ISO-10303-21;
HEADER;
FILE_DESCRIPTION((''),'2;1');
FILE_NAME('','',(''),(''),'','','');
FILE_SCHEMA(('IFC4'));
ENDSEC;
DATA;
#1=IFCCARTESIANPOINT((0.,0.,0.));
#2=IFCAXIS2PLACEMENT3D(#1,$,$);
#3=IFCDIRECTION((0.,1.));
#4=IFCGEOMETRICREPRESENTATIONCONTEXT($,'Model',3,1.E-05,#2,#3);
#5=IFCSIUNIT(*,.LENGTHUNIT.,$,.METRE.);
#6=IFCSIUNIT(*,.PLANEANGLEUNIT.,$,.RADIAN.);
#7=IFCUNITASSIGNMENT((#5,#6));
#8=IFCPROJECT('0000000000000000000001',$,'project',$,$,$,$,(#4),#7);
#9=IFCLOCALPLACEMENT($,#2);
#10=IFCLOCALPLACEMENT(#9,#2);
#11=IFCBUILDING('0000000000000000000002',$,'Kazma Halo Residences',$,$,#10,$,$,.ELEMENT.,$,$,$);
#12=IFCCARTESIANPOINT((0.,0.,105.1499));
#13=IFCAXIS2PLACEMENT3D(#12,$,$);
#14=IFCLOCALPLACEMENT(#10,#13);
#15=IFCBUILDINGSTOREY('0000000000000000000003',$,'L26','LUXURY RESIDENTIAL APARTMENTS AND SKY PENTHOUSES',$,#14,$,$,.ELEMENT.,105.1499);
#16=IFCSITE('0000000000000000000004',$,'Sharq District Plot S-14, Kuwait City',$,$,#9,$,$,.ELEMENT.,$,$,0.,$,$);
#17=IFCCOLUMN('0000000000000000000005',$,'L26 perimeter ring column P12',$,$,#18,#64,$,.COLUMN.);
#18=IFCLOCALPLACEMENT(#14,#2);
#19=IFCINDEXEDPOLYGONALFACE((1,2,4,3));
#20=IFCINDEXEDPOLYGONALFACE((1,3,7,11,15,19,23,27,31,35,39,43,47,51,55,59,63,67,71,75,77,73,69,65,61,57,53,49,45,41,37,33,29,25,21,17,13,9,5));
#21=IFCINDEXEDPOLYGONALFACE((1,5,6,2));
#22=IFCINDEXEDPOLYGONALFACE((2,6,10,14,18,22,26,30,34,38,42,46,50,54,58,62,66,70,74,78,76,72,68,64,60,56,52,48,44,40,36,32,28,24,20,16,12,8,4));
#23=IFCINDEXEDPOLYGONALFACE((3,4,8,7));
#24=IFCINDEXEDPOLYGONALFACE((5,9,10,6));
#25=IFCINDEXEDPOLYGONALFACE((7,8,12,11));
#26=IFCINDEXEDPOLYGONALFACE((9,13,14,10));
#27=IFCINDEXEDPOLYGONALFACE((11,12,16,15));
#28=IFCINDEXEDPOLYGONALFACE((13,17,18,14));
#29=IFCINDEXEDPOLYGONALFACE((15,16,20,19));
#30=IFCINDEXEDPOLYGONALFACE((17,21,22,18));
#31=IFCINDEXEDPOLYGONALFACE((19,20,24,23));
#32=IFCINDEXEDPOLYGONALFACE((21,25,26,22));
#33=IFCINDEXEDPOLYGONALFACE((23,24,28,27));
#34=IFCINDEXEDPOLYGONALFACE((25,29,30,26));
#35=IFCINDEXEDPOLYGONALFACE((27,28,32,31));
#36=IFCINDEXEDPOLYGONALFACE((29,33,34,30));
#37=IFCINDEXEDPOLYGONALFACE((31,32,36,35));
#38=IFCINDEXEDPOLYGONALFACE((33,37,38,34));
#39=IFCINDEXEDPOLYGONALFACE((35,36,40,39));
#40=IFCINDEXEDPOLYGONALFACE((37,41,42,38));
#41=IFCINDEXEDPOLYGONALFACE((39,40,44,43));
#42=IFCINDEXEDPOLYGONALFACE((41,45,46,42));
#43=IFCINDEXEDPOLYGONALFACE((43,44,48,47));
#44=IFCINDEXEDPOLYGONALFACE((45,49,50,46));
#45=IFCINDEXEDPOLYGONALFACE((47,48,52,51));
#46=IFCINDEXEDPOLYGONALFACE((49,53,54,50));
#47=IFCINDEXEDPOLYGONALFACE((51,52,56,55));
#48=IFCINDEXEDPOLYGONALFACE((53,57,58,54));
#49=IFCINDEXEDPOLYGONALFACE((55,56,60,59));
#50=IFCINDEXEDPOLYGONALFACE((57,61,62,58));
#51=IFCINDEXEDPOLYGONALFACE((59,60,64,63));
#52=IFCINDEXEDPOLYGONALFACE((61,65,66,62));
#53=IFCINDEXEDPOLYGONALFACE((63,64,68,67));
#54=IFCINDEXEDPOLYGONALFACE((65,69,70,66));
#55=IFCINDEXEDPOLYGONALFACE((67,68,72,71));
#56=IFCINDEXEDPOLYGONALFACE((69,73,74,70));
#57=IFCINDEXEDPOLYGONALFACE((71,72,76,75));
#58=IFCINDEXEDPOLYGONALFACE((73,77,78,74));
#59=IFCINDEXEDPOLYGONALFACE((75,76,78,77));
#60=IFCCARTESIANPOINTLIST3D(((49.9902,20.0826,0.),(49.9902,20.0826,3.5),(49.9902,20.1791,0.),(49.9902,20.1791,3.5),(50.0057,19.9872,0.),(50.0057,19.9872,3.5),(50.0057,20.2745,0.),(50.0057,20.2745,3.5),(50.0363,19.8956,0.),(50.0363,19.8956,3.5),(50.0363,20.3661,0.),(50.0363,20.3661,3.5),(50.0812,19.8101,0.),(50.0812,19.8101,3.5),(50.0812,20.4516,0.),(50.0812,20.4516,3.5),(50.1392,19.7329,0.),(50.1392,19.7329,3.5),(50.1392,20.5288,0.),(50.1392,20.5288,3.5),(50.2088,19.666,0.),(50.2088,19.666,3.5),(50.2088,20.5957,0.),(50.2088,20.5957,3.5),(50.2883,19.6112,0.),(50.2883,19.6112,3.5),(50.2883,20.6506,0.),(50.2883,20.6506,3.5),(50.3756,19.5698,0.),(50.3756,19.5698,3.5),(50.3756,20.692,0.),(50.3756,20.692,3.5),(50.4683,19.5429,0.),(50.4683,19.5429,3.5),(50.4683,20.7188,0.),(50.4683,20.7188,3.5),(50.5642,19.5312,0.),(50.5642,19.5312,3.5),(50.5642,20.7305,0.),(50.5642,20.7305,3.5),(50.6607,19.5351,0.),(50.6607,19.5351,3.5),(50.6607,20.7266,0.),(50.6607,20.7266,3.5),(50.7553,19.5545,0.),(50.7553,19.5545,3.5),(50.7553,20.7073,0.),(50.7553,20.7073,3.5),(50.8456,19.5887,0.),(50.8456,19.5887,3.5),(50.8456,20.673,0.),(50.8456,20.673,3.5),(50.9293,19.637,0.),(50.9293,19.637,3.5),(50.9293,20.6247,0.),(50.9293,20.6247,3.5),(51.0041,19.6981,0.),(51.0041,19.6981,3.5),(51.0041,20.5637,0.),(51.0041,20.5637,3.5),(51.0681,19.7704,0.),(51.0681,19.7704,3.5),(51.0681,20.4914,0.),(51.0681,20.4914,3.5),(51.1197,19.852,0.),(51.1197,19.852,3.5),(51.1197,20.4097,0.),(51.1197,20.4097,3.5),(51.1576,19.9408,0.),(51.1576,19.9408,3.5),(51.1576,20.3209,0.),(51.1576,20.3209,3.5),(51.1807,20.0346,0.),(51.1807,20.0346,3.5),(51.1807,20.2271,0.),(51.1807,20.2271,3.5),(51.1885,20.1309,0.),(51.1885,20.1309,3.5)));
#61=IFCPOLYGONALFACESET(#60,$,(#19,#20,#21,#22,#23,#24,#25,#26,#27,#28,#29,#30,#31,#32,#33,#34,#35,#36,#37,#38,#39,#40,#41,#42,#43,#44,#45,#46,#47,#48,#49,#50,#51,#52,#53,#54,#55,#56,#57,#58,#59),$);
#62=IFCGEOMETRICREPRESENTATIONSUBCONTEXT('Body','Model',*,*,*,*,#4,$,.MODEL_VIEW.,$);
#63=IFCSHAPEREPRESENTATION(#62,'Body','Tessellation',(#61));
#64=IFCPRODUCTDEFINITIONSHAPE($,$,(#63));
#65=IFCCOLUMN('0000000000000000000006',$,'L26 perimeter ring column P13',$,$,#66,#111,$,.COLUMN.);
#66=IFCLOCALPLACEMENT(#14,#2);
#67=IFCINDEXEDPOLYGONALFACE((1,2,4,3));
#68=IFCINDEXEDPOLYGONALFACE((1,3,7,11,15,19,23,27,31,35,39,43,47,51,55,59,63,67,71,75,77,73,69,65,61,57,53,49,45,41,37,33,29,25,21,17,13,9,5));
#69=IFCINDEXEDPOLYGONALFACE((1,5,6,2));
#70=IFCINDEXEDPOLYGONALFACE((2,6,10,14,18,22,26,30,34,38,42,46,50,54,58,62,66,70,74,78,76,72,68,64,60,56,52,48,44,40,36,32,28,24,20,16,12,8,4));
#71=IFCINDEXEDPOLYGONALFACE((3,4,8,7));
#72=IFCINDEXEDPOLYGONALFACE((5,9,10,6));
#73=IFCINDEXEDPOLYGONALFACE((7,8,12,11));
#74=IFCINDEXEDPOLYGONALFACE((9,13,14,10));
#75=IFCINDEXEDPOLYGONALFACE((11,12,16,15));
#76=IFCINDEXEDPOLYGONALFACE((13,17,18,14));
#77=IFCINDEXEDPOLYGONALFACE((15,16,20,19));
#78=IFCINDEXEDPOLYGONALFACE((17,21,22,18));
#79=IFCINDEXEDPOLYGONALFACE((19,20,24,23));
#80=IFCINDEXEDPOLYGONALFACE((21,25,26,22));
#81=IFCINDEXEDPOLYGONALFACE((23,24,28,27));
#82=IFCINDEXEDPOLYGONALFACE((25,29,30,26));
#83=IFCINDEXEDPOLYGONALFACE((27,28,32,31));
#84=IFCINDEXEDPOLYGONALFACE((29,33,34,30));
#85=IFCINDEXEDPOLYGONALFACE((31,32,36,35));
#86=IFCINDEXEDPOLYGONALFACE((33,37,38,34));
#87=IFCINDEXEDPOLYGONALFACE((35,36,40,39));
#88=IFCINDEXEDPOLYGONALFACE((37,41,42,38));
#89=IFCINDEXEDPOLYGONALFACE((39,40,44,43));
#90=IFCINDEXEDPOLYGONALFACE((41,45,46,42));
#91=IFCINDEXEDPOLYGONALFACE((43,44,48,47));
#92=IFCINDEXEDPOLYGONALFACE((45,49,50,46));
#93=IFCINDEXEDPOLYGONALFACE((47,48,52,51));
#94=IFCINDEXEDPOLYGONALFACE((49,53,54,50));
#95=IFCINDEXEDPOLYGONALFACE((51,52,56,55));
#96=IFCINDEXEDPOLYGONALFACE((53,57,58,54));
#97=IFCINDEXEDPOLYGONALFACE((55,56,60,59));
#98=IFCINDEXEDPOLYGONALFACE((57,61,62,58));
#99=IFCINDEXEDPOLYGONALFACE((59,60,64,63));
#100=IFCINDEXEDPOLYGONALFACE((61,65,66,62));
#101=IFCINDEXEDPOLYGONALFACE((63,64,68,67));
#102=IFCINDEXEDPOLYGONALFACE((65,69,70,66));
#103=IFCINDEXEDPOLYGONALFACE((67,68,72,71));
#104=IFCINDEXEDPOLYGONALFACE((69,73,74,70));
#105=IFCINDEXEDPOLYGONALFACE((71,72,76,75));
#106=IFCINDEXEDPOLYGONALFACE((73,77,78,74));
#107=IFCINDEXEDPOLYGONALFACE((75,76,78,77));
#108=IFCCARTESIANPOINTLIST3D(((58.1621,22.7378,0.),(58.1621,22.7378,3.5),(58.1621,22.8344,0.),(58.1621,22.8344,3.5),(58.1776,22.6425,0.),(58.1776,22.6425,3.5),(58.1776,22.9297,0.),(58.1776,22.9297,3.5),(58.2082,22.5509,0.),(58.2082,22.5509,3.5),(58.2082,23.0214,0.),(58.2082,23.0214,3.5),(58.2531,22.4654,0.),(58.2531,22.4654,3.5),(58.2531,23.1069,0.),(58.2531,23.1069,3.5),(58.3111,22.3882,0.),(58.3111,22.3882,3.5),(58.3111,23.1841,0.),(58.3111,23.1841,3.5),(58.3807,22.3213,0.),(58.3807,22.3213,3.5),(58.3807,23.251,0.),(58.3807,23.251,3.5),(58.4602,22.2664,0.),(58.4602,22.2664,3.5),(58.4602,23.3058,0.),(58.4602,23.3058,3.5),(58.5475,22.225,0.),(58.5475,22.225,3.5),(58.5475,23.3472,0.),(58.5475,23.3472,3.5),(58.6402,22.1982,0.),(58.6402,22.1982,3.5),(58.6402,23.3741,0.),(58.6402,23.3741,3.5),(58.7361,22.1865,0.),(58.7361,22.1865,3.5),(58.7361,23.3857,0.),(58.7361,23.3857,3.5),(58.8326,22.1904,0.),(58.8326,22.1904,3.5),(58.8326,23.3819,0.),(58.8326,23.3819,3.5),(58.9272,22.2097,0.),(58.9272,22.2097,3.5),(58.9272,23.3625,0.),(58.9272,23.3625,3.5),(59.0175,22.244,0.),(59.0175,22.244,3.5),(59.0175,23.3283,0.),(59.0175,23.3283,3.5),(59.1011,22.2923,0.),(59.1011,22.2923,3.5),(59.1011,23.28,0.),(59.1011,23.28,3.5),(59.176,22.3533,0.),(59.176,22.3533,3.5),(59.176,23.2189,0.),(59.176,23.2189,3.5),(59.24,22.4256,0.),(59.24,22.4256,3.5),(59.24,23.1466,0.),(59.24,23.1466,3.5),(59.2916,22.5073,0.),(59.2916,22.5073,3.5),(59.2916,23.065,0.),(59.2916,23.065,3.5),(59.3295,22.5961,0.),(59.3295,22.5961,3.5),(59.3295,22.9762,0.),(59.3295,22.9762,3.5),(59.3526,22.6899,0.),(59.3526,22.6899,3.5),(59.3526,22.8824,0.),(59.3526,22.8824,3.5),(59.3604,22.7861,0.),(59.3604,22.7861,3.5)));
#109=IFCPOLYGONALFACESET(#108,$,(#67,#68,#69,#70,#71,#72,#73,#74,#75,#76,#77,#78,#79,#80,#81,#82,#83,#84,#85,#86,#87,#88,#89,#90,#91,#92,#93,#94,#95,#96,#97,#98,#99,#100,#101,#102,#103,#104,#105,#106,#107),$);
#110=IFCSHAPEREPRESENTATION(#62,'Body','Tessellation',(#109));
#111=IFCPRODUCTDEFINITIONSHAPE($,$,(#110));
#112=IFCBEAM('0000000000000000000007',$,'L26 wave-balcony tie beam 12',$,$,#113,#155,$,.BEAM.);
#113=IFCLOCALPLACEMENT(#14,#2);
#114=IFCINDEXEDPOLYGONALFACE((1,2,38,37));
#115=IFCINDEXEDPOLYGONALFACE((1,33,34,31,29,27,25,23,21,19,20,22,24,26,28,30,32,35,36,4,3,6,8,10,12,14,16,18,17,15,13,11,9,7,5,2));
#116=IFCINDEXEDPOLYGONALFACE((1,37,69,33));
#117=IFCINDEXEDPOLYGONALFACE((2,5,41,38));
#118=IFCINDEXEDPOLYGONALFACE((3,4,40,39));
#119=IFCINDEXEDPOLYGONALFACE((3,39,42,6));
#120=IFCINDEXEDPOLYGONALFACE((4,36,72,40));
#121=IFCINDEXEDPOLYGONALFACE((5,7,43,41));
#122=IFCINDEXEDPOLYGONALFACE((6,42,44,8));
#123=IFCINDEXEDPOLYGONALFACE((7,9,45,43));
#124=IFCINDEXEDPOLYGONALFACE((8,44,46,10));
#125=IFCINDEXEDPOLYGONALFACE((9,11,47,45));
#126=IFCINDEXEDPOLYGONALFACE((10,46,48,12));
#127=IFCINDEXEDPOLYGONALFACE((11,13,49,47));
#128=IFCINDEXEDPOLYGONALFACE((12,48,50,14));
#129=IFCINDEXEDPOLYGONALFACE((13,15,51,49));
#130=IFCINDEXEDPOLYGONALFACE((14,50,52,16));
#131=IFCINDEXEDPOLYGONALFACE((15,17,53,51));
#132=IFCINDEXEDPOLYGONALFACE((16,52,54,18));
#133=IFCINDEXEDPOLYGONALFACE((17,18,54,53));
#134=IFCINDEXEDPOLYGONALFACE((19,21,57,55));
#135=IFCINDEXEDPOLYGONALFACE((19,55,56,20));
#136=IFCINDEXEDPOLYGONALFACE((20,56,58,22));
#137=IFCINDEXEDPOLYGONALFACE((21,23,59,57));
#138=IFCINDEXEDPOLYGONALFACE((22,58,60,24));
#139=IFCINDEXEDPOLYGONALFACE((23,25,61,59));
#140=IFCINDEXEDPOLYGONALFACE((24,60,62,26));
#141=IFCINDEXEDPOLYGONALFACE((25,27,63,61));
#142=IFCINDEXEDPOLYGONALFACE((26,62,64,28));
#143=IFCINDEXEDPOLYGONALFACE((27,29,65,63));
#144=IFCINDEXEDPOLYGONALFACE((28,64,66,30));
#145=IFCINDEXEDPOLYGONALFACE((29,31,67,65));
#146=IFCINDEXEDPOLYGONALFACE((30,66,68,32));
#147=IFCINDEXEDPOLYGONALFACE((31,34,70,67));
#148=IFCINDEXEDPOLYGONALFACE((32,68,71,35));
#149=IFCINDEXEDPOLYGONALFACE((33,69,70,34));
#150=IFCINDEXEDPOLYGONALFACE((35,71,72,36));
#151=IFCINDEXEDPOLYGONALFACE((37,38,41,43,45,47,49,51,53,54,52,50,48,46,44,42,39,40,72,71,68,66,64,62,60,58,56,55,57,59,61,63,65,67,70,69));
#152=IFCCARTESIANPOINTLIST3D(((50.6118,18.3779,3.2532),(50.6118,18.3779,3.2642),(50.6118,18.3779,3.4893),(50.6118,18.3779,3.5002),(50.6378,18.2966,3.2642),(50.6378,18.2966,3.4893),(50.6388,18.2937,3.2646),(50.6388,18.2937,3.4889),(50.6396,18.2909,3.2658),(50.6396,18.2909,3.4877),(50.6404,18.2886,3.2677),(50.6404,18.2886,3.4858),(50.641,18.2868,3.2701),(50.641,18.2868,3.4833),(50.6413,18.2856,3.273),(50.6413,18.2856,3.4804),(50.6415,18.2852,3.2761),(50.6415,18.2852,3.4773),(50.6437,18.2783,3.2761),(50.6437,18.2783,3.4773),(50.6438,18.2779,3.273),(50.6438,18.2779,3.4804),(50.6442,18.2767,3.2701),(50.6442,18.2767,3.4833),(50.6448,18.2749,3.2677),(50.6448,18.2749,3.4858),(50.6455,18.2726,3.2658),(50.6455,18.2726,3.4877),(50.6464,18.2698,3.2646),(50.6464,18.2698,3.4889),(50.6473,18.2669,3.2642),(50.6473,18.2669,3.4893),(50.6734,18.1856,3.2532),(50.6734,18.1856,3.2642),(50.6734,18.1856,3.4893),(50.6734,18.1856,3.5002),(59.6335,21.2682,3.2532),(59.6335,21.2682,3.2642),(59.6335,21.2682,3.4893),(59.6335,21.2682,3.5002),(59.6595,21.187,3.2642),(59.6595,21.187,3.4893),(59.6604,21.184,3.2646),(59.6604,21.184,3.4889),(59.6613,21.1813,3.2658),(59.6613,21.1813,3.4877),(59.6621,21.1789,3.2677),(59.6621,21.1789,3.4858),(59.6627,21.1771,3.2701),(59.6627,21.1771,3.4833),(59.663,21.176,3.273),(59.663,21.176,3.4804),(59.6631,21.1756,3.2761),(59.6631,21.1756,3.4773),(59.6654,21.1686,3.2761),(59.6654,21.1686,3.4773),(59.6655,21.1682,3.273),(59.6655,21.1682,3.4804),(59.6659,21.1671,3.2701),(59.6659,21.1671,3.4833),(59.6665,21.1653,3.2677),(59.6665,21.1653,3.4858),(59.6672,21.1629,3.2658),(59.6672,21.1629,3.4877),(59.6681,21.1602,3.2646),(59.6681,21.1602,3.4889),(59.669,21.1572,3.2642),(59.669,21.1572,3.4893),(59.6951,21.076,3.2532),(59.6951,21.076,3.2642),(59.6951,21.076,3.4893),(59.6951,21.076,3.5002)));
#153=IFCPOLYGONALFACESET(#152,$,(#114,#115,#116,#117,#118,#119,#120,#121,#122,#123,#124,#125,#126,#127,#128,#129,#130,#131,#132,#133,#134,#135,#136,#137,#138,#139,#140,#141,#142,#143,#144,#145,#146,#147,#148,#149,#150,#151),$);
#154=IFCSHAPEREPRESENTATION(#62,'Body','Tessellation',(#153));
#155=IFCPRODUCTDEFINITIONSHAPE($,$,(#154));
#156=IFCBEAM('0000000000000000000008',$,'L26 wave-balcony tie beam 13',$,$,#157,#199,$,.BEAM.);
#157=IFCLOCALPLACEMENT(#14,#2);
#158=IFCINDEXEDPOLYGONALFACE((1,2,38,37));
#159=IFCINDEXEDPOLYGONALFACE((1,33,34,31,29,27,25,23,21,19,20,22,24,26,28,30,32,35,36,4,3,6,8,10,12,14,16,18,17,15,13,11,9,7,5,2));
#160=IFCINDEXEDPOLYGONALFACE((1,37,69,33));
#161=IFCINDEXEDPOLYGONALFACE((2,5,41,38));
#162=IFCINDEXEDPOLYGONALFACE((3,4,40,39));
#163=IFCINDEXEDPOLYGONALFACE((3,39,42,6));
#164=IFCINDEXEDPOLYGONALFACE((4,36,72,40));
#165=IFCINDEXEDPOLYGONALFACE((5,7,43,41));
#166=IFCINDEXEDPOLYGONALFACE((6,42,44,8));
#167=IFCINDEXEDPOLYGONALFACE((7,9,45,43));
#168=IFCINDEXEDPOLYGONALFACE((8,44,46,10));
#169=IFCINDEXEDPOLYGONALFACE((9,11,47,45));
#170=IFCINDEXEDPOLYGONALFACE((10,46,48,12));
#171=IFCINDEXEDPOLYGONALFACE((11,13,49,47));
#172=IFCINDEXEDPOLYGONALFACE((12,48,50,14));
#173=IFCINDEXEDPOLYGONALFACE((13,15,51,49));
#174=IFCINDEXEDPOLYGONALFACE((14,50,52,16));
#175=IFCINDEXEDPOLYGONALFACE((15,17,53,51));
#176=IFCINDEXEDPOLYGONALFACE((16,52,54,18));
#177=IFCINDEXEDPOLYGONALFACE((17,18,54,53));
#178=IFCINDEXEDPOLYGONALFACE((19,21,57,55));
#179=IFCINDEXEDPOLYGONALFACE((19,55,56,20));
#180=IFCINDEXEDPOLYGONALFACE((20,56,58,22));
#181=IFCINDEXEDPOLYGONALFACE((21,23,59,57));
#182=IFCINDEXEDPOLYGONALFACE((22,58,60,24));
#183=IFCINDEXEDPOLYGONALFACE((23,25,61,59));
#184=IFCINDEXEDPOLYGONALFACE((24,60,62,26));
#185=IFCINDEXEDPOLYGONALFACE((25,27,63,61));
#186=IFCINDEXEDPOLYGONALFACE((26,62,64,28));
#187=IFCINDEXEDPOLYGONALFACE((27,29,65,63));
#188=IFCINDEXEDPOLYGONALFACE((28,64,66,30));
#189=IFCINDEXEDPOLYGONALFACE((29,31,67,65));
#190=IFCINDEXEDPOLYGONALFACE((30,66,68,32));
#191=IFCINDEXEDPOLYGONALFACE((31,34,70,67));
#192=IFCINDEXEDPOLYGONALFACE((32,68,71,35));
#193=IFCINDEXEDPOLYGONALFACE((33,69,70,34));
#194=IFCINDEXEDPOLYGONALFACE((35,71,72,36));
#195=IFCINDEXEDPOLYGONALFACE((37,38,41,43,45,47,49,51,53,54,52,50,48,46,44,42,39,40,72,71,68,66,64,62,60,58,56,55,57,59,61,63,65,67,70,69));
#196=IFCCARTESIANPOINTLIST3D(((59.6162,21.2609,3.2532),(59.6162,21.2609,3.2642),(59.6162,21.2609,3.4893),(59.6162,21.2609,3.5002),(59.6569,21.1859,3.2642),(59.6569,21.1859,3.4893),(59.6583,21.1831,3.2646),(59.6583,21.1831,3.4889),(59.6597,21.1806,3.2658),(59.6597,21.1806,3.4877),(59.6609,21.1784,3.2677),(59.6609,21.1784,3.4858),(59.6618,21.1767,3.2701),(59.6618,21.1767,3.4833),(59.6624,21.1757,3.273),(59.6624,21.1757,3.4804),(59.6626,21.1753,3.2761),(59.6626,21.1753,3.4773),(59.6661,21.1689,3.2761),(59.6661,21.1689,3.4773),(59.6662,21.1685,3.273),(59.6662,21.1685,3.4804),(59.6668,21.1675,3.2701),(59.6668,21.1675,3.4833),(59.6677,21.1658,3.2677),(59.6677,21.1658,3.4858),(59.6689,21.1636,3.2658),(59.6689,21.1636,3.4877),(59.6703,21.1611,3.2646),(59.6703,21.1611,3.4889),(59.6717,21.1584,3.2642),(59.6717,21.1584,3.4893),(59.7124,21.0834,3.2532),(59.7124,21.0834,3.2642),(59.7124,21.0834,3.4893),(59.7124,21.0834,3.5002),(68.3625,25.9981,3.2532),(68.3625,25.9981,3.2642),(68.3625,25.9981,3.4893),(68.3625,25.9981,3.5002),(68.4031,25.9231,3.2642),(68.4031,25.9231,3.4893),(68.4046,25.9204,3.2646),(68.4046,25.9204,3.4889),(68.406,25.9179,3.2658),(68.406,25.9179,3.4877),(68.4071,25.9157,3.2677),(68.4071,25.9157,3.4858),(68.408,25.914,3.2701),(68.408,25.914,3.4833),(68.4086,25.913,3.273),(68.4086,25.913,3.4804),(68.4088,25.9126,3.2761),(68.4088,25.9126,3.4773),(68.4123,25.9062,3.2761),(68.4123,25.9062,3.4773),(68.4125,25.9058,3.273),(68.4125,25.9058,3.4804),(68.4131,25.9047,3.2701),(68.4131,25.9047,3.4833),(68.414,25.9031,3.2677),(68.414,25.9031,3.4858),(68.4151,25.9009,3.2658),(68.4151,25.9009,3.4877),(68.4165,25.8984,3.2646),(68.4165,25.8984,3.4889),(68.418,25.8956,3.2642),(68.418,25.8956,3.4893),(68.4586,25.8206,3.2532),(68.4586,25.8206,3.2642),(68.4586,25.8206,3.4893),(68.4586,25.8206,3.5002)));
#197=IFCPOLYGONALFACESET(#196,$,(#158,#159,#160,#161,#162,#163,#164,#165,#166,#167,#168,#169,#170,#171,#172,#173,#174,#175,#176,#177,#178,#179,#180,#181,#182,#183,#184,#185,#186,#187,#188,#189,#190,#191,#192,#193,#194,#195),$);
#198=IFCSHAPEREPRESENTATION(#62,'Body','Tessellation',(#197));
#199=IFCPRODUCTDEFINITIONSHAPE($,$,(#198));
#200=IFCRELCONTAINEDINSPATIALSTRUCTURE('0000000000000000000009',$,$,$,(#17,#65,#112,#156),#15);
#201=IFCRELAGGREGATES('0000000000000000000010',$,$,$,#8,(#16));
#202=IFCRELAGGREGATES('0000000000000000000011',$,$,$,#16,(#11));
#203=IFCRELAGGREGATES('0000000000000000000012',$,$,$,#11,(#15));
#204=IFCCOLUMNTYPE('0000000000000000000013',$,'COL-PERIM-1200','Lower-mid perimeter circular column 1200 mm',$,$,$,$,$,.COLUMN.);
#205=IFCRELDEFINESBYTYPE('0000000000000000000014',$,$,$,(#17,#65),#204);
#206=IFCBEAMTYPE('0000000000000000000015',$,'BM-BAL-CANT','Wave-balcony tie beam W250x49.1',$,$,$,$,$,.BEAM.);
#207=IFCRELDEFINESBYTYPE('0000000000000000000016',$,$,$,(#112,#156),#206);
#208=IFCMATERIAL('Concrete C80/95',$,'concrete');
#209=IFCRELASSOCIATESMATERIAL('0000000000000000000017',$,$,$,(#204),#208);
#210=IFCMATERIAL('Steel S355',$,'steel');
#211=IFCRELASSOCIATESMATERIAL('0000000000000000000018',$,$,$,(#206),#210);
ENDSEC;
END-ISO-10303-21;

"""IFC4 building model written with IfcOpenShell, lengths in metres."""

from ifc_helpers import new_model, si_unit, direction, frame, origin, origin_2d, place, context, subcontext, project, spatial, circle, i_section, extrude, material, material_profile, profile_set, type_object, element, save


model = new_model("IFC4")

# Units and contexts
model_context = context("Model", 3, precision=1e-05, world=origin(), true_north=direction((0.0, 1.0)))
body_context = subcontext(model_context, "Body", "Model", "MODEL_VIEW")
ifc_project = project(units=[si_unit("LENGTHUNIT", "METRE"), si_unit("PLANEANGLEUNIT", "RADIAN")], contexts=[model_context])

# Site, building, storey
site_placement = place(None, origin())
site = spatial("IfcSite", under=ifc_project, at=site_placement, Name="Sharq District Plot S-14, Kuwait City", CompositionType="ELEMENT", RefElevation=0.0)
building_placement = place(site_placement, origin())
building = spatial("IfcBuilding", under=site, at=building_placement, Name="Kazma Halo Residences", CompositionType="ELEMENT")
storey_placement = place(building_placement, frame((0.0, 0.0, 105.1499)))
storey = spatial("IfcBuildingStorey", under=building, at=storey_placement, Name="L26", Description="LUXURY RESIDENTIAL APARTMENTS AND SKY PENTHOUSES", CompositionType="ELEMENT", Elevation=105.1499)

# Columns
ifc_material_1 = material(Name="Concrete C80/95", Category="concrete")
ifc_material_profile_1 = material_profile(ifc_material_1, circle(Radius=0.6001, at=origin_2d()), Name="CIRC1200")
ifc_profile_set_1 = profile_set([ifc_material_profile_1], Name="Concrete C80/95")
column_type = type_object("IfcColumnType", Name="COL-PERIM-1200", Description="Lower-mid perimeter circular column 1200 mm", PredefinedType="COLUMN", material=ifc_profile_set_1)
for number, where, z_axis, x_axis, name in (
    (1, (50.5884, 20.1309, 0.0), (0.0, 0.0, 1.0), (1.0, 0.0, 0.0), "L26 perimeter ring column P12"),
    (2, (58.7603, 22.7861, 0.0), (0.0, 0.0, 1.0), (1.0, 0.0, 0.0), "L26 perimeter ring column P13"),
):
    element("IfcColumn", number, at=place(storey_placement, frame(where, z_axis=z_axis, x_axis=x_axis)), inside=storey, type_object=column_type, Name=name, PredefinedType="COLUMN", context=body_context, shape_type="SweptSolid", body=[
        extrude(circle(Radius=0.6001, at=origin_2d()), origin(), (0.0, 0.0, 1.0), 3.5),
    ])

# Beams
ifc_material_2 = material(Name="Steel S355", Category="steel")
ifc_material_profile_2 = material_profile(ifc_material_2, i_section(OverallWidth=0.2019, OverallDepth=0.2471, WebThickness=0.0073, FlangeThickness=0.011, FilletRadius=0.012, at=origin_2d()), Name="W250x49.1")
ifc_profile_set_2 = profile_set([ifc_material_profile_2], Name="Steel S355")
beam_type_1 = type_object("IfcBeamType", Name="BM-BAL-CANT", Description="Wave-balcony tie beam W250x49.1", PredefinedType="BEAM", material=ifc_profile_set_2)
beam_1_placement = place(storey_placement, frame((50.6426, 18.2817, 3.3767), z_axis=(0.952319, 0.305104, 0.0), x_axis=(-0.305104, 0.952319, 0.0)))
element("IfcBeam", 3, at=beam_1_placement, inside=storey, type_object=beam_type_1, Name="L26 wave-balcony tie beam 12", PredefinedType="BEAM", context=body_context, shape_type="SweptSolid", body=[
    extrude(i_section(OverallWidth=0.2019, OverallDepth=0.2471, WebThickness=0.0073, FlangeThickness=0.011, FilletRadius=0.012, at=origin_2d()), origin(), (0.0, 0.0, 1.0), 9.4734),
])
beam_2_placement = place(storey_placement, frame((59.6643, 21.1721, 3.3767), z_axis=(0.879304, 0.47626, 0.0), x_axis=(-0.47626, 0.879304, 0.0)))
element("IfcBeam", 4, at=beam_2_placement, inside=storey, type_object=beam_type_1, Name="L26 wave-balcony tie beam 13", PredefinedType="BEAM", context=body_context, shape_type="SweptSolid", body=[
    extrude(i_section(OverallWidth=0.2019, OverallDepth=0.2471, WebThickness=0.0073, FlangeThickness=0.011, FilletRadius=0.012, at=origin_2d()), origin(), (0.0, 0.0, 1.0), 9.9468),
])

save(model, "model.ifc")
